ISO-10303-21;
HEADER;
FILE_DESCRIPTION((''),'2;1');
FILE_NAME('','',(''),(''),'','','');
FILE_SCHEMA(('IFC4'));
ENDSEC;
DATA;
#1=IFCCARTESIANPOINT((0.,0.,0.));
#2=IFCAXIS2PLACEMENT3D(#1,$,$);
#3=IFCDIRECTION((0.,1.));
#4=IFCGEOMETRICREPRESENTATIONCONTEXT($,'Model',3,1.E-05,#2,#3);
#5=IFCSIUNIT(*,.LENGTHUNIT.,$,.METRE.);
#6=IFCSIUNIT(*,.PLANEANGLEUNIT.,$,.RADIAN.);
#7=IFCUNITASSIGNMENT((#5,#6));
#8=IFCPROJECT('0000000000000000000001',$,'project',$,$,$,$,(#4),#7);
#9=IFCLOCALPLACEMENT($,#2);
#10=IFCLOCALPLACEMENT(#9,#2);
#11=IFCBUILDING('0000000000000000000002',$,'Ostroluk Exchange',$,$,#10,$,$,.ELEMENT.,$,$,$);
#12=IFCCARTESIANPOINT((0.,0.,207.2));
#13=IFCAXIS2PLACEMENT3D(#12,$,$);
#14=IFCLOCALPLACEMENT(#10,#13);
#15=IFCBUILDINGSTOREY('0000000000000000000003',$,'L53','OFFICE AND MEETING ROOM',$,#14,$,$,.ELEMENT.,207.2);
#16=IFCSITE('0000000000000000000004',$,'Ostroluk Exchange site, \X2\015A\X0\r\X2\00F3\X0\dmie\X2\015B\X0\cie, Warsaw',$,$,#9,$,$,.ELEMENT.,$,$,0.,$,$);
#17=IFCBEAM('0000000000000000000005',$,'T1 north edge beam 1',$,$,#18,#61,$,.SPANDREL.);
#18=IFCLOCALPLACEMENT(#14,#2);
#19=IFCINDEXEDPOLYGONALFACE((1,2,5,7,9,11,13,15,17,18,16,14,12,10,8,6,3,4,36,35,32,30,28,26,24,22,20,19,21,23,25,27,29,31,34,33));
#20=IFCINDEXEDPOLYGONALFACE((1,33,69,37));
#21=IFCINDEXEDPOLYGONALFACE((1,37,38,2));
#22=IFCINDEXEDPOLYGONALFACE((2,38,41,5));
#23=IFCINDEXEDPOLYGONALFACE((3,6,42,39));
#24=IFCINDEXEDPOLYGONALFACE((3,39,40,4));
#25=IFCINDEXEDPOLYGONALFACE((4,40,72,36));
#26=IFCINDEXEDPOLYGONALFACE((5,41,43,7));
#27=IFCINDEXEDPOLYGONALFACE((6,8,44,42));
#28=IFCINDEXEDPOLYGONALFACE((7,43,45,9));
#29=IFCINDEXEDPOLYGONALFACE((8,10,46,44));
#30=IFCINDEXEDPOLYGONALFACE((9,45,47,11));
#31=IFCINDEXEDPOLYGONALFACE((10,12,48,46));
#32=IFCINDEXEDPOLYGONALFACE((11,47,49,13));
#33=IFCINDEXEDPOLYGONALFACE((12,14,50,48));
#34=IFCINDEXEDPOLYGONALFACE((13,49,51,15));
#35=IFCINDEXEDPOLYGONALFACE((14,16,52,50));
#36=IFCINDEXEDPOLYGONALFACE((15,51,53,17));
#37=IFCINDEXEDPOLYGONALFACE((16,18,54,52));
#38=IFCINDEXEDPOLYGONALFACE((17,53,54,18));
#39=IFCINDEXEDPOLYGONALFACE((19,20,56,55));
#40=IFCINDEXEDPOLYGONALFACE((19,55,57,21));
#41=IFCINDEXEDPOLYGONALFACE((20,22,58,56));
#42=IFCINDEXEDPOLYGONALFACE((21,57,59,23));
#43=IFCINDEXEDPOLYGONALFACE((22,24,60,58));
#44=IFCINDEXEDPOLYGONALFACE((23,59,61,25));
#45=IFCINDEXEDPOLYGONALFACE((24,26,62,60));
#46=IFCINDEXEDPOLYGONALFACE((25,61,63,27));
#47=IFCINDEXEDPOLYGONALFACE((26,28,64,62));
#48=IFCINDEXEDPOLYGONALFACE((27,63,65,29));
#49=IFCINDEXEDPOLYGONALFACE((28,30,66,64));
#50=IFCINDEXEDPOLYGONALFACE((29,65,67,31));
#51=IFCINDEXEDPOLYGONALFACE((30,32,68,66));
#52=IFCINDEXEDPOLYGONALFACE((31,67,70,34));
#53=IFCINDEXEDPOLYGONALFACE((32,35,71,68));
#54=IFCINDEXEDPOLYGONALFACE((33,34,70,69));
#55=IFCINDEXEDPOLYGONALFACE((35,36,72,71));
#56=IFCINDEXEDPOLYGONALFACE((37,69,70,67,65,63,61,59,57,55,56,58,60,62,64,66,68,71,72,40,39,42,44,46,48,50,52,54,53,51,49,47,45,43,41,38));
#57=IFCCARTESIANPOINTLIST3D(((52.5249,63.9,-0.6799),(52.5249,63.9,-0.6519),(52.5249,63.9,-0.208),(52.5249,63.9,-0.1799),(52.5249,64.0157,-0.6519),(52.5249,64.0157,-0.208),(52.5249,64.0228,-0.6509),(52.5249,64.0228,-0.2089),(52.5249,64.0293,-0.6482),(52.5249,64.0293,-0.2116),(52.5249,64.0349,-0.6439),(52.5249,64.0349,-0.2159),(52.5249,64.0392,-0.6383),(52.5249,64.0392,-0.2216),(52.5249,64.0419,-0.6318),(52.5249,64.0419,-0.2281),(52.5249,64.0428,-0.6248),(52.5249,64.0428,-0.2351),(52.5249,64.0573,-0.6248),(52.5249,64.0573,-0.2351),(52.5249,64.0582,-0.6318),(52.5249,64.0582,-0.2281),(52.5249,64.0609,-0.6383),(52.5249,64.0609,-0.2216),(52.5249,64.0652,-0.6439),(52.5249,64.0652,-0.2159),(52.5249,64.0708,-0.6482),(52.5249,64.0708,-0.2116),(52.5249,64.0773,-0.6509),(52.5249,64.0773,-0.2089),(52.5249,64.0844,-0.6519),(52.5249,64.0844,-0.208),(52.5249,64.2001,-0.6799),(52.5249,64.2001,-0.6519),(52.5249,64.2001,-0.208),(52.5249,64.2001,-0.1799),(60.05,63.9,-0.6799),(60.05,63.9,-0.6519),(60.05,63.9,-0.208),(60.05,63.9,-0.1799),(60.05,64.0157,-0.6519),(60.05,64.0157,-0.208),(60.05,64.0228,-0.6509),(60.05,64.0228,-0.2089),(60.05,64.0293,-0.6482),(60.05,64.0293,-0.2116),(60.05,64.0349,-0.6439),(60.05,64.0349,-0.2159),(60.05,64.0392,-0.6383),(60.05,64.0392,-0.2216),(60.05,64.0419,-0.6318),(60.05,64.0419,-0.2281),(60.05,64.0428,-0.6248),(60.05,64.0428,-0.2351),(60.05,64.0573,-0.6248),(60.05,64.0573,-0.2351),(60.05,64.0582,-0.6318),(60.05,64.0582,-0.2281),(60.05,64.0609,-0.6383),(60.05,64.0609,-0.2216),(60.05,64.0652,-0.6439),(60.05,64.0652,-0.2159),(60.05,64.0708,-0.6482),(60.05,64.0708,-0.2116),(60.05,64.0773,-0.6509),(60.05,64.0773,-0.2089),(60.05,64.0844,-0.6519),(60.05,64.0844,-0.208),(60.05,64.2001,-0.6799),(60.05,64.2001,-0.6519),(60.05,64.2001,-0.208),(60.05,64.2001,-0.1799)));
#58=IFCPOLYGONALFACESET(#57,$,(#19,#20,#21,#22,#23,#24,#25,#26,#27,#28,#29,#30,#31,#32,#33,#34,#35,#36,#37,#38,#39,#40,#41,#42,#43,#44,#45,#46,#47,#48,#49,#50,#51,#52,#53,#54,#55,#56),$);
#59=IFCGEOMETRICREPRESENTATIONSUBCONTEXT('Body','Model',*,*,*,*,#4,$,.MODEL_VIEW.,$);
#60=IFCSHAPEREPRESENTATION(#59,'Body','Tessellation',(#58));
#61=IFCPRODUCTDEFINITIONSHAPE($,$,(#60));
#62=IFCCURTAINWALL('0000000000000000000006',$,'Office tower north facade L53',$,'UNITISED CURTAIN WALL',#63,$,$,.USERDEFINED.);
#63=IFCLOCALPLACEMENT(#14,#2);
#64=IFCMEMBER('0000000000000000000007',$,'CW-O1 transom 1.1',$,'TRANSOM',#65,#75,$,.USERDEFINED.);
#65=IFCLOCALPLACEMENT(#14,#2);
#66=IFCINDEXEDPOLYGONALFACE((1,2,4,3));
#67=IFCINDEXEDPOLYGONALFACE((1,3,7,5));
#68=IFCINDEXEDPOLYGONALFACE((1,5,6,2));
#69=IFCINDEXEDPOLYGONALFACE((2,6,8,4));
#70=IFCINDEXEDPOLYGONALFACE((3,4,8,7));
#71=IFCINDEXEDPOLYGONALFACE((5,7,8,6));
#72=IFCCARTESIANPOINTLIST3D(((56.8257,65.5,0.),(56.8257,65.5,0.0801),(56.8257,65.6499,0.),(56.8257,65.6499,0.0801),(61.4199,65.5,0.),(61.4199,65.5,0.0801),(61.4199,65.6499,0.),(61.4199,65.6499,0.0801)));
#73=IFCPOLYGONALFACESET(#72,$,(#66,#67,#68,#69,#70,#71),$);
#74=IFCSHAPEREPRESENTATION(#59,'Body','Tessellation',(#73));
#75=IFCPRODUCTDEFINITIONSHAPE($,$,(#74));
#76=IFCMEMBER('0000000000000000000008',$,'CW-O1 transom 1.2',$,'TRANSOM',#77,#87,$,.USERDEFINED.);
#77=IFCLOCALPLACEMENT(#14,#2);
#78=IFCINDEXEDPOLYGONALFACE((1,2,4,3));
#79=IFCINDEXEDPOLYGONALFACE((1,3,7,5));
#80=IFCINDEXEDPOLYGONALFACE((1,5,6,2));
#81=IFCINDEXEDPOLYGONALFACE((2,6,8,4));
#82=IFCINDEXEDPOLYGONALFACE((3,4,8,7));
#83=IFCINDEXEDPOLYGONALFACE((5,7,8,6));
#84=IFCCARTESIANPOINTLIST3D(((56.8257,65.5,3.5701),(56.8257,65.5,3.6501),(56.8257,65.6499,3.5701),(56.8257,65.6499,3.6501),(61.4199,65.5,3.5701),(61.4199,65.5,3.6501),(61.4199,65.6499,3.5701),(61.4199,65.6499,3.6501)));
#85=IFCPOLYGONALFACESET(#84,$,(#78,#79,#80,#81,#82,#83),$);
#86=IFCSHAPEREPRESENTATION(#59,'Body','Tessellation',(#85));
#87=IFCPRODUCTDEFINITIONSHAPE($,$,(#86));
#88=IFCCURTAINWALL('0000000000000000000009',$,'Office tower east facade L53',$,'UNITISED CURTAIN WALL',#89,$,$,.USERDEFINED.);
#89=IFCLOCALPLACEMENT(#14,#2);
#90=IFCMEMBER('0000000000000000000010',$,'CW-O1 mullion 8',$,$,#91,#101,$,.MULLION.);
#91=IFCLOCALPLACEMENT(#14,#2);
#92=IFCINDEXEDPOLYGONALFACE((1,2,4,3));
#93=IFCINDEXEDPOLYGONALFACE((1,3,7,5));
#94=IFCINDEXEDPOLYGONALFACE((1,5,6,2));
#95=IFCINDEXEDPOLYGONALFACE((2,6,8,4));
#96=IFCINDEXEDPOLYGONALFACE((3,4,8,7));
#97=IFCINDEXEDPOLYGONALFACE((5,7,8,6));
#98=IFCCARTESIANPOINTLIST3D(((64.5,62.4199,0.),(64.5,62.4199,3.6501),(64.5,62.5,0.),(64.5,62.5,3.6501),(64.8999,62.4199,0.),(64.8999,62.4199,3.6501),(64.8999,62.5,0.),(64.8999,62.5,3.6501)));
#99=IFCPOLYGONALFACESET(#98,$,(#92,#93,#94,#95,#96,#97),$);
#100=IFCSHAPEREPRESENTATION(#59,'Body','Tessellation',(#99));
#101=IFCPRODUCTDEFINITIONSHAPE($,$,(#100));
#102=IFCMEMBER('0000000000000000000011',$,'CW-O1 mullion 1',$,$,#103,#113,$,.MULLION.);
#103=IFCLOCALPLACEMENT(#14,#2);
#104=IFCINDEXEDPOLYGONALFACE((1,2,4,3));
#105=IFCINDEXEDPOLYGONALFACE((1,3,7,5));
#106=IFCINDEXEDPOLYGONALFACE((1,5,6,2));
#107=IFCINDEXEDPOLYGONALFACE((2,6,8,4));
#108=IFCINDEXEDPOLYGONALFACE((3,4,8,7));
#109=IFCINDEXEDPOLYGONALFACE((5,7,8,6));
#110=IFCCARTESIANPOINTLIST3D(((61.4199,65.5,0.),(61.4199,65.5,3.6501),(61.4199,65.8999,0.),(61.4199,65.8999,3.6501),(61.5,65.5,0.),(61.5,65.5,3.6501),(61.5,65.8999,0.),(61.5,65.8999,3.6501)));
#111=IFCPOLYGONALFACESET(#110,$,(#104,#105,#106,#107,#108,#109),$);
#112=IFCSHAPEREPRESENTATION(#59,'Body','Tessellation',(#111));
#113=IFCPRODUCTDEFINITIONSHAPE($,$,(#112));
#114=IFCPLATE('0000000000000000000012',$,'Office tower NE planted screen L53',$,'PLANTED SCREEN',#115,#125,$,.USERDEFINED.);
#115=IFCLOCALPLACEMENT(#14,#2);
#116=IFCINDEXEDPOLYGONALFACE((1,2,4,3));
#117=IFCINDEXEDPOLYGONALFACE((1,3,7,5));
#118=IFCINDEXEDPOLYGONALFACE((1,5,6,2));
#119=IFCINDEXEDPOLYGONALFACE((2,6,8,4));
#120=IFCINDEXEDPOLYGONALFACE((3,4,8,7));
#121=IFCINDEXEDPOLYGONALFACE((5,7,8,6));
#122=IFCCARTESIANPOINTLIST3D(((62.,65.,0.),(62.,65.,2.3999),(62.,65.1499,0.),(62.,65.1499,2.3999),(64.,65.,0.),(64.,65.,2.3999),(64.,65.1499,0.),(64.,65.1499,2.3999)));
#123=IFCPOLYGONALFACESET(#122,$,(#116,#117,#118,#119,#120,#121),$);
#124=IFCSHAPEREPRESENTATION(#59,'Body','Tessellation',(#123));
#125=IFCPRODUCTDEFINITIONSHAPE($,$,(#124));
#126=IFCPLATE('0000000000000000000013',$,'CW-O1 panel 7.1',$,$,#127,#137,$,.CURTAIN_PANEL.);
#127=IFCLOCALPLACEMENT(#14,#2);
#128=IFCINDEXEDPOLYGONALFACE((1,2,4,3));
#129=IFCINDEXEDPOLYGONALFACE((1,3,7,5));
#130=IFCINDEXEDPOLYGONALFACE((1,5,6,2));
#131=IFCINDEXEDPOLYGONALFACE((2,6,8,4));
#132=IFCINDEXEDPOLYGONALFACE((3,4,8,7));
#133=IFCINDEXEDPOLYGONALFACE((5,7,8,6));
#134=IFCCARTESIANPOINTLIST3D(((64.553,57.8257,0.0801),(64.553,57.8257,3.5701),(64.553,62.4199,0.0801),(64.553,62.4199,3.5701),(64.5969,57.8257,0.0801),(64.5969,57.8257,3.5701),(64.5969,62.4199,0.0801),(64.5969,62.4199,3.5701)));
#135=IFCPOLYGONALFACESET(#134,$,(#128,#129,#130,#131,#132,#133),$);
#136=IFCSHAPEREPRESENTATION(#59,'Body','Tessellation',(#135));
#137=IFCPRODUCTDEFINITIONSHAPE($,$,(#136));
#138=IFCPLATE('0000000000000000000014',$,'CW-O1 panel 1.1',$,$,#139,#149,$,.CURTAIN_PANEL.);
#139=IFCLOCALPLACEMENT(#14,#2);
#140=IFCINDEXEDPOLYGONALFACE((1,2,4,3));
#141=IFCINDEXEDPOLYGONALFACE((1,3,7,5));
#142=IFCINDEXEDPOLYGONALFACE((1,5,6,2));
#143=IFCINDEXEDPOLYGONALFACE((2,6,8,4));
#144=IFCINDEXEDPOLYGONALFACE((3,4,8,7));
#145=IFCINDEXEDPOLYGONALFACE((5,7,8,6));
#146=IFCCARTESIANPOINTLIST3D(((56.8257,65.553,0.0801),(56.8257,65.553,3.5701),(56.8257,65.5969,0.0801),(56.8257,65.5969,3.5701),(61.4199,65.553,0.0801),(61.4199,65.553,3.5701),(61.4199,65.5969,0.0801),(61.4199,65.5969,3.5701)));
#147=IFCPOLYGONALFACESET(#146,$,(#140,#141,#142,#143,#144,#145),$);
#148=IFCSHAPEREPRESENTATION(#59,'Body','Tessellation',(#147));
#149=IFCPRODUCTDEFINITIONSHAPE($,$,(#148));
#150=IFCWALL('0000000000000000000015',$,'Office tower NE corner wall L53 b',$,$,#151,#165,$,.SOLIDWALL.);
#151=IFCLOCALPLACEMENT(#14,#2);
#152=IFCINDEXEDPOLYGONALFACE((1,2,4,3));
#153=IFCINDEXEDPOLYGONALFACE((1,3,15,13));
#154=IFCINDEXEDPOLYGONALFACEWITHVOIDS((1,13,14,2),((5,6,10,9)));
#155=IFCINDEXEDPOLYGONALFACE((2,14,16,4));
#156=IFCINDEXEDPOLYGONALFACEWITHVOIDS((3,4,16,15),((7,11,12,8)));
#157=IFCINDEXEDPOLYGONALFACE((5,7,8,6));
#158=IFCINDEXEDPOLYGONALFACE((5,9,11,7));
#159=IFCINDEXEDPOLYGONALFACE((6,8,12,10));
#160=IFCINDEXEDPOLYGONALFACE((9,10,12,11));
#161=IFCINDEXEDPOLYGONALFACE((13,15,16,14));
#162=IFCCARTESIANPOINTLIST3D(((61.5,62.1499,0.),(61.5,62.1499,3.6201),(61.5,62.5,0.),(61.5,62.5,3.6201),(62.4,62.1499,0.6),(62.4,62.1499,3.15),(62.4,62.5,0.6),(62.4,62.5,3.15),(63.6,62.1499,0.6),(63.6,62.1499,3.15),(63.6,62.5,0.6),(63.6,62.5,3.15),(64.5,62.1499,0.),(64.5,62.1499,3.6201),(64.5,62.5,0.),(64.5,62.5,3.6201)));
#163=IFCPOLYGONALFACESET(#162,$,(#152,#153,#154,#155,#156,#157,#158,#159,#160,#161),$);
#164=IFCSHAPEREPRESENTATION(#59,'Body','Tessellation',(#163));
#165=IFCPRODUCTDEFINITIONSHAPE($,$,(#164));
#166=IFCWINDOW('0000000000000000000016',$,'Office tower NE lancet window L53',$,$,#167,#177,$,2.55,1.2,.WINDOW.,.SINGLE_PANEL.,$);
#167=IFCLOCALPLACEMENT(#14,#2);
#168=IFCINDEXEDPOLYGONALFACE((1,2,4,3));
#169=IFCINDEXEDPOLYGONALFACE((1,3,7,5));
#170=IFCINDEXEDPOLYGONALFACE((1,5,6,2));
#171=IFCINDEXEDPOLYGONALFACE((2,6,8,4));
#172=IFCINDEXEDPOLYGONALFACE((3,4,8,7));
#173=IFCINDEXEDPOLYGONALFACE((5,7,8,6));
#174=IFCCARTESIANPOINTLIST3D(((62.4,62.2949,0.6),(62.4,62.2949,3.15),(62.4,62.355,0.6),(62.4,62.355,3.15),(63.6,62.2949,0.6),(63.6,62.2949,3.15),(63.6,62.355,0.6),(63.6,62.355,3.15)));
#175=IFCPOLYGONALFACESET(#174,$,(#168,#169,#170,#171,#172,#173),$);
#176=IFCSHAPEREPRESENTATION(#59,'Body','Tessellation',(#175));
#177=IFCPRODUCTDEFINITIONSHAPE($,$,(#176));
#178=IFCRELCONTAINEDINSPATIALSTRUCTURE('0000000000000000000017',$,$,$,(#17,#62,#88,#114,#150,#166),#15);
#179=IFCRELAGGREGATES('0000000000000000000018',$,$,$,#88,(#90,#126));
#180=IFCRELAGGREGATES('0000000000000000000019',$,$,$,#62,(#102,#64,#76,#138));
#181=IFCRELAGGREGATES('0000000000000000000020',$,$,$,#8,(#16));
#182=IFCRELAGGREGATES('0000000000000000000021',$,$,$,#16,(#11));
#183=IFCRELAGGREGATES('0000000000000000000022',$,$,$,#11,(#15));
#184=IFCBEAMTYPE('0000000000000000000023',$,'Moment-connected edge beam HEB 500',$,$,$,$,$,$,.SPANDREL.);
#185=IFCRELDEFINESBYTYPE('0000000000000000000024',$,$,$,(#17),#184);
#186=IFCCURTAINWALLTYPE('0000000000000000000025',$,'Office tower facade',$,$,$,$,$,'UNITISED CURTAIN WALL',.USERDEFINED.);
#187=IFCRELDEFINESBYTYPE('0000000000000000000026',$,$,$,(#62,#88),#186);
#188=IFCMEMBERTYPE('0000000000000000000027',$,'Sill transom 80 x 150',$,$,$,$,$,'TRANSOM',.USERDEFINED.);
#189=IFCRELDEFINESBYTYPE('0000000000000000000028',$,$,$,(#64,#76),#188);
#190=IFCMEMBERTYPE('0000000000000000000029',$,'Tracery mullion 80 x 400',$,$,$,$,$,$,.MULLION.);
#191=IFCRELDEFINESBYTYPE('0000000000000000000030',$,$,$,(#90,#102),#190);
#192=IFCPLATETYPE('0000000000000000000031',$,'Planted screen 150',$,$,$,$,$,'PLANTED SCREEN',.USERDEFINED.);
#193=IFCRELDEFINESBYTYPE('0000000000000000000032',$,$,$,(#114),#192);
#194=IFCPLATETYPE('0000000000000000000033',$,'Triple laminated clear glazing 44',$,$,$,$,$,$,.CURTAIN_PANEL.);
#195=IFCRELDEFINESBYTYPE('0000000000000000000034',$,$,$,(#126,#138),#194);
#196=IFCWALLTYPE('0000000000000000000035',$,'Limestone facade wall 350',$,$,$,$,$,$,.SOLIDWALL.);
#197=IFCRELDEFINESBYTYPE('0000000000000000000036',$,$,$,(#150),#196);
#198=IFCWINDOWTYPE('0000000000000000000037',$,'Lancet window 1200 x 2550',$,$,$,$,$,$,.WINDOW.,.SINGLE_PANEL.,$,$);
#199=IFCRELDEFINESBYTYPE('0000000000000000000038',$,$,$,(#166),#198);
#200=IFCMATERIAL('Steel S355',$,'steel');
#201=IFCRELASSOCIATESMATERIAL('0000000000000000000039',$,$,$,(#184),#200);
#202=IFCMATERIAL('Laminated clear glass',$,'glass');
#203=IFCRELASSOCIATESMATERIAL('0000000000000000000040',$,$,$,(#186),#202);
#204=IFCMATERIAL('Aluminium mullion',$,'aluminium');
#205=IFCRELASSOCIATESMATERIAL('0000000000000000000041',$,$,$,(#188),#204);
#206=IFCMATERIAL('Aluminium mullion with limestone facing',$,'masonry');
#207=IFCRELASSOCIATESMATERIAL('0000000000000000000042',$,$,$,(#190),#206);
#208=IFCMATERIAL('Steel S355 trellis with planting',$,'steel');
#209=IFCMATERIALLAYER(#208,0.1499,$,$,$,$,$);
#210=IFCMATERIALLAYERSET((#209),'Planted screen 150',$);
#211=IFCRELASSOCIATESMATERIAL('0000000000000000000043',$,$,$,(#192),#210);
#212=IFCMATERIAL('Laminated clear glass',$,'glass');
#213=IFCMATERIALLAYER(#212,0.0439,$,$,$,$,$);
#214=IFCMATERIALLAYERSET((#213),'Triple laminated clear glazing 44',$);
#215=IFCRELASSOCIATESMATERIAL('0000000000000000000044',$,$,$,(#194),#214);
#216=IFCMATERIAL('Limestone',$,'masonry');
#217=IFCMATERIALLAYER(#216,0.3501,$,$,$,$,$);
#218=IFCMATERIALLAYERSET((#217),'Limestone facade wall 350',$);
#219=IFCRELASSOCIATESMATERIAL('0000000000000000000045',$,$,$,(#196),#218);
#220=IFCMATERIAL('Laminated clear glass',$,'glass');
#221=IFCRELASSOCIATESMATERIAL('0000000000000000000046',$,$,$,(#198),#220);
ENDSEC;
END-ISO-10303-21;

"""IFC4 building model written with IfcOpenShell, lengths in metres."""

from ifc_helpers import new_model, si_unit, direction, frame, frame_2d, origin, origin_2d, place, context, subcontext, project, spatial, rectangle, i_section, extrude, material, layer, layer_set, material_profile, profile_set, type_object, element, fill, aggregate, save


model = new_model("IFC4")

# Units and contexts
model_context = context("Model", 3, precision=1e-05, world=origin(), true_north=direction((0.0, 1.0)))
body_context = subcontext(model_context, "Body", "Model", "MODEL_VIEW")
ifc_project = project(units=[si_unit("LENGTHUNIT", "METRE"), si_unit("PLANEANGLEUNIT", "RADIAN")], contexts=[model_context])

# Site, building, storey
site_placement = place(None, origin())
site = spatial("IfcSite", under=ifc_project, at=site_placement, Name="Ostroluk Exchange site, Śródmieście, Warsaw", CompositionType="ELEMENT", RefElevation=0.0)
building_placement = place(site_placement, origin())
building = spatial("IfcBuilding", under=site, at=building_placement, Name="Ostroluk Exchange", CompositionType="ELEMENT")
storey_placement = place(building_placement, frame((0.0, 0.0, 207.2)))
storey = spatial("IfcBuildingStorey", under=building, at=storey_placement, Name="L53", Description="OFFICE AND MEETING ROOM", CompositionType="ELEMENT", Elevation=207.2)

# Beam
ifc_material_1 = material(Name="Steel S355", Category="steel")
ifc_material_profile_1 = material_profile(ifc_material_1, i_section(OverallWidth=0.3, OverallDepth=0.5, WebThickness=0.0144, FlangeThickness=0.0281, FilletRadius=0.0271, at=origin_2d()), Name="HEB 500")
ifc_profile_set_1 = profile_set([ifc_material_profile_1], Name="Steel S355")
beam_type_1 = type_object("IfcBeamType", Name="Moment-connected edge beam HEB 500", PredefinedType="SPANDREL", material=ifc_profile_set_1)
beam_1_placement = place(storey_placement, frame((60.05, 64.05, -0.4299), z_axis=(-1.0, 0.0, 0.0), x_axis=(0.0, -1.0, 0.0)))
element("IfcBeam", 1, at=beam_1_placement, inside=storey, type_object=beam_type_1, Name="T1 north edge beam 1", PredefinedType="SPANDREL", context=body_context, shape_type="SweptSolid", body=[
    extrude(i_section(OverallWidth=0.3, OverallDepth=0.5, WebThickness=0.0144, FlangeThickness=0.0281, FilletRadius=0.0271, at=origin_2d()), origin(), (0.0, 0.0, 1.0), 7.5251),
])

# Curtain wall, members
ifc_material_2 = material(Name="Laminated clear glass", Category="glass")
curtain_wall_type = type_object("IfcCurtainWallType", Name="Office tower facade", ElementType="UNITISED CURTAIN WALL", PredefinedType="USERDEFINED", material=ifc_material_2)
curtain_wall_1_placement = place(storey_placement, origin())
curtain_wall_1 = element("IfcCurtainWall", 2, at=curtain_wall_1_placement, inside=storey, type_object=curtain_wall_type, Name="Office tower north facade L53", ObjectType="UNITISED CURTAIN WALL", PredefinedType="USERDEFINED")
ifc_material_3 = material(Name="Aluminium mullion", Category="aluminium")
ifc_material_profile_2 = material_profile(ifc_material_3, rectangle(XDim=0.1499, YDim=0.0801, at=origin_2d()), Name="Sill transom 80 x 150")
ifc_profile_set_2 = profile_set([ifc_material_profile_2], Name="Aluminium mullion")
member_type_1 = type_object("IfcMemberType", Name="Sill transom 80 x 150", ElementType="TRANSOM", PredefinedType="USERDEFINED", material=ifc_profile_set_2)
member_1_placement = place(storey_placement, frame((61.4199, 65.575, 0.04), z_axis=(-1.0, 0.0, 0.0), x_axis=(0.0, -1.0, 0.0)))
member_1 = element("IfcMember", 3, at=member_1_placement, type_object=member_type_1, Name="CW-O1 transom 1.1", ObjectType="TRANSOM", PredefinedType="USERDEFINED", context=body_context, shape_type="SweptSolid", body=[
    extrude(rectangle(XDim=0.1499, YDim=0.0801, at=origin_2d()), origin(), (0.0, 0.0, 1.0), 4.5942),
])
member_2_placement = place(storey_placement, frame((61.4199, 65.575, 3.6101), z_axis=(-1.0, 0.0, 0.0), x_axis=(0.0, -1.0, 0.0)))
member_2 = element("IfcMember", 4, at=member_2_placement, type_object=member_type_1, Name="CW-O1 transom 1.2", ObjectType="TRANSOM", PredefinedType="USERDEFINED", context=body_context, shape_type="SweptSolid", body=[
    extrude(rectangle(XDim=0.1499, YDim=0.0801, at=origin_2d()), origin(), (0.0, 0.0, 1.0), 4.5942),
])

# Curtain wall, member
curtain_wall_2_placement = place(storey_placement, origin())
curtain_wall_2 = element("IfcCurtainWall", 5, at=curtain_wall_2_placement, inside=storey, type_object=curtain_wall_type, Name="Office tower east facade L53", ObjectType="UNITISED CURTAIN WALL", PredefinedType="USERDEFINED")
ifc_material_4 = material(Name="Aluminium mullion with limestone facing", Category="masonry")
ifc_material_profile_3 = material_profile(ifc_material_4, rectangle(XDim=0.3999, YDim=0.0801, at=origin_2d()), Name="Tracery mullion 80 x 400")
ifc_profile_set_3 = profile_set([ifc_material_profile_3], Name="Aluminium mullion with limestone facing")
member_type_2 = type_object("IfcMemberType", Name="Tracery mullion 80 x 400", PredefinedType="MULLION", material=ifc_profile_set_3)
member_3_placement = place(storey_placement, frame((64.7, 62.46, 0.0), z_axis=(0.0, 0.0, 1.0), x_axis=(-1.0, 0.0, 0.0)))
member_3 = element("IfcMember", 6, at=member_3_placement, type_object=member_type_2, Name="CW-O1 mullion 8", PredefinedType="MULLION", context=body_context, shape_type="SweptSolid", body=[
    extrude(rectangle(XDim=0.3999, YDim=0.0801, at=origin_2d()), origin(), (0.0, 0.0, 1.0), 3.6501),
])

# Member
member_4_placement = place(storey_placement, frame((61.46, 65.7, 0.0), z_axis=(0.0, 0.0, 1.0), x_axis=(0.0, -1.0, 0.0)))
member_4 = element("IfcMember", 7, at=member_4_placement, type_object=member_type_2, Name="CW-O1 mullion 1", PredefinedType="MULLION", context=body_context, shape_type="SweptSolid", body=[
    extrude(rectangle(XDim=0.3999, YDim=0.0801, at=origin_2d()), origin(), (0.0, 0.0, 1.0), 3.6501),
])

# Plates
ifc_material_5 = material(Name="Steel S355 trellis with planting", Category="steel")
ifc_layer_1 = layer(ifc_material_5, 0.1499)
ifc_layer_set_1 = layer_set([ifc_layer_1], Name="Planted screen 150")
plate_type_1 = type_object("IfcPlateType", Name="Planted screen 150", ElementType="PLANTED SCREEN", PredefinedType="USERDEFINED", material=ifc_layer_set_1)
plate_1_placement = place(storey_placement, frame((63.0, 65.075, 0.0), z_axis=(0.0, 0.0, 1.0), x_axis=(1.0, 0.0, 0.0)))
element("IfcPlate", 8, at=plate_1_placement, inside=storey, type_object=plate_type_1, Name="Office tower NE planted screen L53", ObjectType="PLANTED SCREEN", PredefinedType="USERDEFINED", context=body_context, shape_type="SweptSolid", body=[
    extrude(rectangle(XDim=2.0, YDim=0.1499, at=origin_2d()), origin(), (0.0, 0.0, 1.0), 2.3999),
])
ifc_material_6 = material(Name="Laminated clear glass", Category="glass")
ifc_layer_2 = layer(ifc_material_6, 0.0439)
ifc_layer_set_2 = layer_set([ifc_layer_2], Name="Triple laminated clear glazing 44")
plate_type_2 = type_object("IfcPlateType", Name="Triple laminated clear glazing 44", PredefinedType="CURTAIN_PANEL", material=ifc_layer_set_2)
plate_2_placement = place(storey_placement, frame((64.575, 60.1228, 0.0801), z_axis=(0.0, 0.0, 1.0), x_axis=(0.0, 1.0, 0.0)))
plate_2 = element("IfcPlate", 9, at=plate_2_placement, type_object=plate_type_2, Name="CW-O1 panel 7.1", PredefinedType="CURTAIN_PANEL", context=body_context, shape_type="SweptSolid", body=[
    extrude(rectangle(XDim=4.5942, YDim=0.0439, at=origin_2d()), origin(), (0.0, 0.0, 1.0), 3.49),
])
aggregate(curtain_wall_2, [member_3, plate_2])
plate_3_placement = place(storey_placement, frame((59.1228, 65.575, 0.0801), z_axis=(0.0, 0.0, 1.0), x_axis=(-1.0, 0.0, 0.0)))
plate_3 = element("IfcPlate", 10, at=plate_3_placement, type_object=plate_type_2, Name="CW-O1 panel 1.1", PredefinedType="CURTAIN_PANEL", context=body_context, shape_type="SweptSolid", body=[
    extrude(rectangle(XDim=4.5942, YDim=0.0439, at=origin_2d()), origin(), (0.0, 0.0, 1.0), 3.49),
])
aggregate(curtain_wall_1, [member_4, member_1, member_2, plate_3])

# Shared definitions
ifc_material_7 = material(Name="Limestone", Category="masonry")
ifc_layer_3 = layer(ifc_material_7, 0.3501)
ifc_layer_set_3 = layer_set([ifc_layer_3], Name="Limestone facade wall 350")
wall_type_1 = type_object("IfcWallType", Name="Limestone facade wall 350", PredefinedType="SOLIDWALL", material=ifc_layer_set_3)

# Wall, opening, window
wall_1_placement = place(storey_placement, frame((61.5, 62.325, 0.0), z_axis=(0.0, 0.0, 1.0), x_axis=(1.0, 0.0, 0.0)))
wall_1 = element("IfcWall", 11, at=wall_1_placement, inside=storey, type_object=wall_type_1, Name="Office tower NE corner wall L53 b", PredefinedType="SOLIDWALL", context=body_context, shape_type="SweptSolid", body=[
    extrude(rectangle(XDim=3.0, YDim=0.3501, at=frame_2d((1.5, 0.0))), origin(), (0.0, 0.0, 1.0), 3.6201),
])
opening_1_placement = place(wall_1_placement, frame((0.8999, 0.0, 0.6001)))
opening_1 = element("IfcOpeningElement", 12, at=opening_1_placement, cuts=wall_1, PredefinedType="OPENING", context=body_context, shape_type="SweptSolid", body=[
    extrude(rectangle(XDim=1.2, YDim=2.55, at=frame_2d((0.6001, 1.2749))), frame((0.0, 0.1851, 0.0), z_axis=(0.0, -1.0, 0.0), x_axis=(1.0, 0.0, 0.0)), (0.0, 0.0, 1.0), 0.3701),
])
ifc_material_8 = material(Name="Laminated clear glass", Category="glass")
window_type = type_object("IfcWindowType", Name="Lancet window 1200 x 2550", PartitioningType="SINGLE_PANEL", PredefinedType="WINDOW", material=ifc_material_8)
window_placement = place(opening_1_placement, origin())
window = element("IfcWindow", 13, at=window_placement, inside=storey, type_object=window_type, Name="Office tower NE lancet window L53", OverallHeight=2.55, OverallWidth=1.2, PartitioningType="SINGLE_PANEL", PredefinedType="WINDOW", context=body_context, shape_type="SweptSolid", body=[
    extrude(rectangle(XDim=1.2, YDim=2.55, at=frame_2d((0.6001, 1.2749))), frame((0.0, 0.03, 0.0), z_axis=(0.0, -1.0, 0.0), x_axis=(1.0, 0.0, 0.0)), (0.0, 0.0, 1.0), 0.0601),
])
fill(opening_1, window)

save(model, "model.ifc")
